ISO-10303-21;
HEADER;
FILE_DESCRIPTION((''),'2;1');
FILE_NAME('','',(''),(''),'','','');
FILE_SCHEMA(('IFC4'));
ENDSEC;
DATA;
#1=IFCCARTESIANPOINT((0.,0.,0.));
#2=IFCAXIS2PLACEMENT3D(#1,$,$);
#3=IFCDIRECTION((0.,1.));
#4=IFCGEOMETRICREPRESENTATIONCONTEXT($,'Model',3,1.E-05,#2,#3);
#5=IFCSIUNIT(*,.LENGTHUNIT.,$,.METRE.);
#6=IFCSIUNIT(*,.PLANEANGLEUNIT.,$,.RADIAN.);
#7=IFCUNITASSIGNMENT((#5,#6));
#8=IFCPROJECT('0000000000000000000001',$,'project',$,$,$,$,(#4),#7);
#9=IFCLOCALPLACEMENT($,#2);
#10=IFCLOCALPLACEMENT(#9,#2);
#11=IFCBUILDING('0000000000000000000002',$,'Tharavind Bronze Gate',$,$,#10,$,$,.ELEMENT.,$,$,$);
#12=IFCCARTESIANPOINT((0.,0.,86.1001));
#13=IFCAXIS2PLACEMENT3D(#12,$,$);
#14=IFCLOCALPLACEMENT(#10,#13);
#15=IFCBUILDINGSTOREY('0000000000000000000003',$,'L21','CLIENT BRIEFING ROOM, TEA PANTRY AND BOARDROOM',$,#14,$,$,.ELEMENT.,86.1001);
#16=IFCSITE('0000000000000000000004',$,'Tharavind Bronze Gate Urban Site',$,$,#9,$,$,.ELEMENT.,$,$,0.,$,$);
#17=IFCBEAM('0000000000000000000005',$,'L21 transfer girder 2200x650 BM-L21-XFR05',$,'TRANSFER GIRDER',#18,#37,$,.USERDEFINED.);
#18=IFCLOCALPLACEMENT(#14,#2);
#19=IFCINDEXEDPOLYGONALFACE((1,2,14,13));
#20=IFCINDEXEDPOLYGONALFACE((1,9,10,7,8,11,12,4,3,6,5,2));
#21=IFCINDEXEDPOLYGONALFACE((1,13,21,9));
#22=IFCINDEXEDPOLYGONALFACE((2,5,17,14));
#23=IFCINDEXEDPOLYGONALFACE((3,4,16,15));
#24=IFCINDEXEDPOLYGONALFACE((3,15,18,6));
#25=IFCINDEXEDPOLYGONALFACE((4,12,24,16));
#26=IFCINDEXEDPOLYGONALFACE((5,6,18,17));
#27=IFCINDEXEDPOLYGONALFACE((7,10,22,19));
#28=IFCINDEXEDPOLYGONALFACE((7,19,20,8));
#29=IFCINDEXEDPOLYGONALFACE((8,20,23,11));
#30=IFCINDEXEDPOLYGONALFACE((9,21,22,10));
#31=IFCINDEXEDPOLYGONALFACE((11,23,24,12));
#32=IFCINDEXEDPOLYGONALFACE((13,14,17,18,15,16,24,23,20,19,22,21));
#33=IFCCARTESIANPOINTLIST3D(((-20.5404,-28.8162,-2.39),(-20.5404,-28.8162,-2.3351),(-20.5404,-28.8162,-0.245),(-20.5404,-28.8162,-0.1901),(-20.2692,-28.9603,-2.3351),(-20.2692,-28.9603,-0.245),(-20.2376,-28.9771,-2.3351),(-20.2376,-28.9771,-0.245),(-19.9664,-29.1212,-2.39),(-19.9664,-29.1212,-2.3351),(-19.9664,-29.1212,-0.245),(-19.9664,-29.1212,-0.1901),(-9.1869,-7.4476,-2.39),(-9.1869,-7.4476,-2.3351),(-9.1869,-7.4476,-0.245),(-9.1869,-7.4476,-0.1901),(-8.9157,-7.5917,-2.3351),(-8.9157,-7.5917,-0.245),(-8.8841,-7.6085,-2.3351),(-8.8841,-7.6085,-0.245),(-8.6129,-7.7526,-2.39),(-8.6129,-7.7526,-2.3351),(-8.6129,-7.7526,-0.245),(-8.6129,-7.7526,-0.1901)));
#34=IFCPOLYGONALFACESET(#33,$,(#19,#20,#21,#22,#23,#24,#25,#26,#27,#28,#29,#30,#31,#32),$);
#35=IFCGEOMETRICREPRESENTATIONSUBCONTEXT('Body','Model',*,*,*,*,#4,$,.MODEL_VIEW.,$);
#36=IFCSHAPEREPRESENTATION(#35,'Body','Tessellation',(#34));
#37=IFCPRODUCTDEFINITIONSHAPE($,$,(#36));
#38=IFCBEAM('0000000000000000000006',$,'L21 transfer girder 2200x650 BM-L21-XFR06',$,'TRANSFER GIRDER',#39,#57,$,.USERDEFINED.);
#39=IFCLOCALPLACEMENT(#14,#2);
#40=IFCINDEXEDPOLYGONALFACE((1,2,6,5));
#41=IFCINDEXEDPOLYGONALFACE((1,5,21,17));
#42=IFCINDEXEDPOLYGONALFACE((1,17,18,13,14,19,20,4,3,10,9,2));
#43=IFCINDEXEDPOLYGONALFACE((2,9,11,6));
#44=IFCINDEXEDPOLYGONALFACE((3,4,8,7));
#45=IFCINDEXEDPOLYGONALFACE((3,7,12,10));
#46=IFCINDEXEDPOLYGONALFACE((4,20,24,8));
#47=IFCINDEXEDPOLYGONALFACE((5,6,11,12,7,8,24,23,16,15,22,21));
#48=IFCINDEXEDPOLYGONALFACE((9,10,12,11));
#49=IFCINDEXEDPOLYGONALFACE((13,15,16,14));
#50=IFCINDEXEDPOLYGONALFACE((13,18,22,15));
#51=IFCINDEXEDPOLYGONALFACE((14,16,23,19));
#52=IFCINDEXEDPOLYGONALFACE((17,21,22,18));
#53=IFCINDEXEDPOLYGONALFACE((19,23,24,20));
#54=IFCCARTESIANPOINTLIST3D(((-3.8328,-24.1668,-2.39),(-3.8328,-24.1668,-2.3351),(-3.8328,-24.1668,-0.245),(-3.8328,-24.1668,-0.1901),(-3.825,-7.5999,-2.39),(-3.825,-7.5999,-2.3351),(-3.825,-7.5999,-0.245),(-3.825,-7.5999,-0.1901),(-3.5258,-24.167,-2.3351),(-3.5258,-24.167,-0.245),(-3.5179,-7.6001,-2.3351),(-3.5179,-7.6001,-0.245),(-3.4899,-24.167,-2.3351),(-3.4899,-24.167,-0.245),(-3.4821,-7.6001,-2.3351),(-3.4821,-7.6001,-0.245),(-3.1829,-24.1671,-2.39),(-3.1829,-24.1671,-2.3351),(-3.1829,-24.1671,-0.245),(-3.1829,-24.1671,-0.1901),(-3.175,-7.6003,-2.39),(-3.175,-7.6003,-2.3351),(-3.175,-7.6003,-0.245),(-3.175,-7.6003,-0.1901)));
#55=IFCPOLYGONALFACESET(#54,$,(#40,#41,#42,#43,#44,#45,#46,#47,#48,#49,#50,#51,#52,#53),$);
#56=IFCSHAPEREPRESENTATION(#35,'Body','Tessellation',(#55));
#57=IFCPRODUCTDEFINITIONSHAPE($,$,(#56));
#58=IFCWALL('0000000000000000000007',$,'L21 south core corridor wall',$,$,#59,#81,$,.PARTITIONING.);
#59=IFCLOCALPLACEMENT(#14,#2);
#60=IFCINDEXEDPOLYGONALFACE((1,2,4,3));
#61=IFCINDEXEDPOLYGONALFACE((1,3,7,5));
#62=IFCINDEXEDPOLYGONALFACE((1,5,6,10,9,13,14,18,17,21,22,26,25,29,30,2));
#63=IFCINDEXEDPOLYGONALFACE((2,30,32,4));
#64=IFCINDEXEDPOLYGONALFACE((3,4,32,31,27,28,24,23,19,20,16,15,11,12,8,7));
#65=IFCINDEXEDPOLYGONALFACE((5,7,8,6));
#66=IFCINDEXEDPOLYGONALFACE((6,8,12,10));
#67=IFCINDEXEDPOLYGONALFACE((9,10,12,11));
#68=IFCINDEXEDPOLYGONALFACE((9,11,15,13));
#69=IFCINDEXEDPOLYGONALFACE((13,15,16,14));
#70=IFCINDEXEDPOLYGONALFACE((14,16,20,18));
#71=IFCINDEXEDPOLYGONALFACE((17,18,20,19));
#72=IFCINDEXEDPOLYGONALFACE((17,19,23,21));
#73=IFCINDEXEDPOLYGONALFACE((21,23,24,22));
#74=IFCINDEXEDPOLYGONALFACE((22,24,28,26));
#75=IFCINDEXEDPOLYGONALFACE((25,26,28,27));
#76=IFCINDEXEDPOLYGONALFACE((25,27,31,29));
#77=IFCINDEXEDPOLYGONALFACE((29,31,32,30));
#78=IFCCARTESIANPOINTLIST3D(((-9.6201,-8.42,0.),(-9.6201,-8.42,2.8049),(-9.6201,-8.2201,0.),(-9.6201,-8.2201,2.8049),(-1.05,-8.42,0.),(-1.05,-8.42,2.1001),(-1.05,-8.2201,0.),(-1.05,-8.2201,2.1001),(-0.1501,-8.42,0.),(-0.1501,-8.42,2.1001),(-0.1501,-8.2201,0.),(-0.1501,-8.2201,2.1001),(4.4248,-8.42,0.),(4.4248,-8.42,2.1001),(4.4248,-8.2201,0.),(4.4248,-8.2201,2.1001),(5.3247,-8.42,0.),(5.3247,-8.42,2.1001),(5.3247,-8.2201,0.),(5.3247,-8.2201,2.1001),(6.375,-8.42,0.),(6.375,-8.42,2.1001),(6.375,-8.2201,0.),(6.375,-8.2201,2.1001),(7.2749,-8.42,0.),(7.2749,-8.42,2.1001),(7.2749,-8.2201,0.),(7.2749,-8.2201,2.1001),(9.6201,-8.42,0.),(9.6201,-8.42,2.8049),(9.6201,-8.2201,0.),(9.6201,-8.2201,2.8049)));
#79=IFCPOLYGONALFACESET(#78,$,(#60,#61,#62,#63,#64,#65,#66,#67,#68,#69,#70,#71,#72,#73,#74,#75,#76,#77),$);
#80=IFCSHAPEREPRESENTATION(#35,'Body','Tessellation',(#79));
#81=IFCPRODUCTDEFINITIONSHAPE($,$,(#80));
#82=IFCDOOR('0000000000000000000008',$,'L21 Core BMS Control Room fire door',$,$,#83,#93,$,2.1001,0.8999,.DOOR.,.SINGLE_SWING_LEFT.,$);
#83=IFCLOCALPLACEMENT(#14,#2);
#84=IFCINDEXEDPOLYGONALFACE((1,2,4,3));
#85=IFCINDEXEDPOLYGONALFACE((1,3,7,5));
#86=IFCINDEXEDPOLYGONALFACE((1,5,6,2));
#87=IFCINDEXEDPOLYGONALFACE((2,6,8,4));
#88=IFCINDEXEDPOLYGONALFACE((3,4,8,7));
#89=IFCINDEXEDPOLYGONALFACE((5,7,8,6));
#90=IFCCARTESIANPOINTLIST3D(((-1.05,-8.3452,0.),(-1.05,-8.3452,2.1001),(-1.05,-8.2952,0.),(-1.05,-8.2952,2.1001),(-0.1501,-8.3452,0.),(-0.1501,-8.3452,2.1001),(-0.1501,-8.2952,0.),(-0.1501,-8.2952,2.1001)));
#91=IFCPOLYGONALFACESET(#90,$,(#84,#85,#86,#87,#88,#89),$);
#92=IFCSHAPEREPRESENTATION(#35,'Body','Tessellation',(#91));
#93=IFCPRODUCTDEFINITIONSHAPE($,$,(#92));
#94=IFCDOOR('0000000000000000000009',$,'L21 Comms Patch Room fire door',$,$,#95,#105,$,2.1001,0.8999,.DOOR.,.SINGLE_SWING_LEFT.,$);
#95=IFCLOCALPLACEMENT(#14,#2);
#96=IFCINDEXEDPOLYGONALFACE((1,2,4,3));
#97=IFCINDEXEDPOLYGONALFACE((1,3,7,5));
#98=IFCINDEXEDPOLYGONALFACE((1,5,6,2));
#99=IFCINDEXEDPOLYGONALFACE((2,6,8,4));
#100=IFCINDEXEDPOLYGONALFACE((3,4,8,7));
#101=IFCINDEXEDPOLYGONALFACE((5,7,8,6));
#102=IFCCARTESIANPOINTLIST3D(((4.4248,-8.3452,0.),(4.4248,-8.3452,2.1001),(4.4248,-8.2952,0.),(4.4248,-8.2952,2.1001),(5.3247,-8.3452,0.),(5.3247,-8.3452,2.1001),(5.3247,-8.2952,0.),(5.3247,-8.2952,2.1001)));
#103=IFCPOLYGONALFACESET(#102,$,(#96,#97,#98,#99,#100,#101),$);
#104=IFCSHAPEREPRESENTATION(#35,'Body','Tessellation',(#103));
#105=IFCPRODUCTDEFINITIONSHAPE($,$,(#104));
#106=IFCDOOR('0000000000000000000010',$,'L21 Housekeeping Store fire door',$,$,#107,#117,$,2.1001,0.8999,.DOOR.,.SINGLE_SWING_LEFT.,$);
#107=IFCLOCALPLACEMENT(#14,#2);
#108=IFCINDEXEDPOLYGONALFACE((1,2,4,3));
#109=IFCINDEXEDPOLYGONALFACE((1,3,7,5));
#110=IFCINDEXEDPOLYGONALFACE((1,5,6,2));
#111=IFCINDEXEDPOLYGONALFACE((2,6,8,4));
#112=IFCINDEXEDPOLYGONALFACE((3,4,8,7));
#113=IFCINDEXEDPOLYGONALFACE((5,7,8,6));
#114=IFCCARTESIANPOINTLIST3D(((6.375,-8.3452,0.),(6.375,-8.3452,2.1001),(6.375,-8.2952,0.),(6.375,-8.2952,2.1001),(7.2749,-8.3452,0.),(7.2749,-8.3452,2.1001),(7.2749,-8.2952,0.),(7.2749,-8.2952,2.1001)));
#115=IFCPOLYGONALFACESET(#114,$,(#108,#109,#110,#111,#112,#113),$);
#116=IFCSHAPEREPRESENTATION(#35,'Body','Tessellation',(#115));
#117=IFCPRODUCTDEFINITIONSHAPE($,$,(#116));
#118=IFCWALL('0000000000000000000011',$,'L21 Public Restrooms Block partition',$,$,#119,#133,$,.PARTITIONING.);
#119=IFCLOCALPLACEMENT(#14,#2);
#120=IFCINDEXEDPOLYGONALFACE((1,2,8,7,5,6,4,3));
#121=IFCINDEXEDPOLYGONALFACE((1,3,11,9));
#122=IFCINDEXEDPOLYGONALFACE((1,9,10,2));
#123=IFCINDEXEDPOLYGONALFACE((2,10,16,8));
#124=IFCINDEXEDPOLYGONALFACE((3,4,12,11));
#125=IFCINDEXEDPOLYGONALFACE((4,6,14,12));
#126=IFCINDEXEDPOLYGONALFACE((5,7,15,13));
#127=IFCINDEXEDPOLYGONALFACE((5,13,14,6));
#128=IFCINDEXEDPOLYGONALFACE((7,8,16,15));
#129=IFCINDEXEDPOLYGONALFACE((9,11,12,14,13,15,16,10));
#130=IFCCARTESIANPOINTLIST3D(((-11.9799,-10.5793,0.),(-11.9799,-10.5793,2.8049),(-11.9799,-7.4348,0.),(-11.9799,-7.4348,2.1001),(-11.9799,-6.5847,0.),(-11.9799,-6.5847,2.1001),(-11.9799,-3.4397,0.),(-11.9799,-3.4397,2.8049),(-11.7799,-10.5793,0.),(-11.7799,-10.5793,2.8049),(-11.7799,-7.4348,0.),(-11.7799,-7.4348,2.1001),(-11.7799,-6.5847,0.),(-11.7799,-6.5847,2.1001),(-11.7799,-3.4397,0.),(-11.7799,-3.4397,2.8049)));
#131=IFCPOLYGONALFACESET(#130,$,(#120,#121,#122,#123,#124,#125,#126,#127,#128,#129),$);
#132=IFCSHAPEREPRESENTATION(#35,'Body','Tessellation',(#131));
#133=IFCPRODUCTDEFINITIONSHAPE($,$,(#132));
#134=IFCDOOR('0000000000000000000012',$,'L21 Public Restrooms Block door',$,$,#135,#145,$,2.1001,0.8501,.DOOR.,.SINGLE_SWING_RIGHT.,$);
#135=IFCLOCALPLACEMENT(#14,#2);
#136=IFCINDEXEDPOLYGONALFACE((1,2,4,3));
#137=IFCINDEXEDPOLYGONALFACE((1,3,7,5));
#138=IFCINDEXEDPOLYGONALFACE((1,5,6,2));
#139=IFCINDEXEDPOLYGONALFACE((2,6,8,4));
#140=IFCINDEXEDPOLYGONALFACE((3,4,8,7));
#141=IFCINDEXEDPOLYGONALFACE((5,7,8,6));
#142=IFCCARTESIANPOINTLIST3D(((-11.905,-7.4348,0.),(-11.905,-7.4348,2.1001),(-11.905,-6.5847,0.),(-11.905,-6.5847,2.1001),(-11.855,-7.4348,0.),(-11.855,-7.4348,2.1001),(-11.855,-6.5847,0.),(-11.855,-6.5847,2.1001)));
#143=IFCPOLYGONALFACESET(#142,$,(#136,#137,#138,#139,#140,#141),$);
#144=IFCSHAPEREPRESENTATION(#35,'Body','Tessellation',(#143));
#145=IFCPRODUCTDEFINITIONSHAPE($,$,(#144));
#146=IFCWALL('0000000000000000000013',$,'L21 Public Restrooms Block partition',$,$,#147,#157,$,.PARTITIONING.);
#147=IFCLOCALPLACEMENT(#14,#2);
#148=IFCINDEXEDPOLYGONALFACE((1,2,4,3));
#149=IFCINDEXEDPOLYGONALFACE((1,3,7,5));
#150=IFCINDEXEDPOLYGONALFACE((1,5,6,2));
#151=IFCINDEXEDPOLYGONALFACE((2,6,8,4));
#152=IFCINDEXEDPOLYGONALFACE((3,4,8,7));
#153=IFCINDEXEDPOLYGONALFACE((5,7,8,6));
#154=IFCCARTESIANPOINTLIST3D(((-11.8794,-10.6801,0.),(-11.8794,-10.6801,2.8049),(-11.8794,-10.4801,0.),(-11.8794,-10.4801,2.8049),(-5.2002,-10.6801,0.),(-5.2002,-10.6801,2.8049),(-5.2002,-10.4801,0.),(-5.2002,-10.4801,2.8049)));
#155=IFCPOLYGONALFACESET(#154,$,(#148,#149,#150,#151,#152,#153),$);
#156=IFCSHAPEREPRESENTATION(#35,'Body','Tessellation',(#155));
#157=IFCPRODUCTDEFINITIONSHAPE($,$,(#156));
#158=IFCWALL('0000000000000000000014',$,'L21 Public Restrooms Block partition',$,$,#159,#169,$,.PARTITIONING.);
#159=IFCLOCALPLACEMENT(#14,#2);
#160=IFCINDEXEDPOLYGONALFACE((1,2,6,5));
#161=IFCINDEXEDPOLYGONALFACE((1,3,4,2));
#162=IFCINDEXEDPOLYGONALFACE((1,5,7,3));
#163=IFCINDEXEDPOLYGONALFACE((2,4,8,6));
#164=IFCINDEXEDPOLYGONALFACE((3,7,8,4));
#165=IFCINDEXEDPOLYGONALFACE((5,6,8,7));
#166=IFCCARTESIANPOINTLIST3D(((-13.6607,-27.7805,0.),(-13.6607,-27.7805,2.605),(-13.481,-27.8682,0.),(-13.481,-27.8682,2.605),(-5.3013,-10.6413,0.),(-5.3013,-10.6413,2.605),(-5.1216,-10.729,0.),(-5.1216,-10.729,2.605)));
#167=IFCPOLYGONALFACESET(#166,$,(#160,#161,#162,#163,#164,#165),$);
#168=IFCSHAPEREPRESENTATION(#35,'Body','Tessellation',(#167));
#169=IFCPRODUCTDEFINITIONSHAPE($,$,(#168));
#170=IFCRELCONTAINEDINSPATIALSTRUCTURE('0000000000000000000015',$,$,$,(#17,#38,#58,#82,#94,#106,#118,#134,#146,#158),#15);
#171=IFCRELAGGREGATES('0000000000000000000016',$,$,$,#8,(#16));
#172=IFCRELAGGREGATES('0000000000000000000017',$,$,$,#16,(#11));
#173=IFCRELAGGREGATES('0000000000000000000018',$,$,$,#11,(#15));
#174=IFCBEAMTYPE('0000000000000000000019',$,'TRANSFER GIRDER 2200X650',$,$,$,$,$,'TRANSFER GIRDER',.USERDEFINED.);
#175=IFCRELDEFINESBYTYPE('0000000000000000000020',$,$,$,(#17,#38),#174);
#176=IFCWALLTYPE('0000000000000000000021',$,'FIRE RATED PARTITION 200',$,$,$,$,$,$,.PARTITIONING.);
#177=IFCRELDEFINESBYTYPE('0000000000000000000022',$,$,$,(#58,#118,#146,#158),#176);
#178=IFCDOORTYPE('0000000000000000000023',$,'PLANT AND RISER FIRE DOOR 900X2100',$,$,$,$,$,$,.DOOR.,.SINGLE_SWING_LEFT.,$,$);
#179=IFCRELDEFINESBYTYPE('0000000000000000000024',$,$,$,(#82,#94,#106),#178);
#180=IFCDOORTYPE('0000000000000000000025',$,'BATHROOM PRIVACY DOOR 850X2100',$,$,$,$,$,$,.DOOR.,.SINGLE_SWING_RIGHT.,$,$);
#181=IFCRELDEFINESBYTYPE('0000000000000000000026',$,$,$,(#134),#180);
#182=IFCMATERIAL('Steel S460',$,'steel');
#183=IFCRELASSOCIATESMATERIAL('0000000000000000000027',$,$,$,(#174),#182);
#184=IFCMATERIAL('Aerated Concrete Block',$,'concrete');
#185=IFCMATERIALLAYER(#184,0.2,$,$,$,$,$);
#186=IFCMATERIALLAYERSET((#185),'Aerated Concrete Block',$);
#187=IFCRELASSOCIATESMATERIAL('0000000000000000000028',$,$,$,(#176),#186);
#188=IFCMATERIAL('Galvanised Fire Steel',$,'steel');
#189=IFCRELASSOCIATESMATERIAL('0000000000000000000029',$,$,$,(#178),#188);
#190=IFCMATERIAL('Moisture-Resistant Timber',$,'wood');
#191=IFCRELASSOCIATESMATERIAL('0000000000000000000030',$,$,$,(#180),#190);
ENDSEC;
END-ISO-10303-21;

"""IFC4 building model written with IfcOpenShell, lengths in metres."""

from ifc_helpers import new_model, si_unit, direction, frame, frame_2d, origin, origin_2d, place, context, subcontext, project, spatial, rectangle, i_section, extrude, material, layer, layer_set, material_profile, profile_set, type_object, element, fill, save


model = new_model("IFC4")

# Units and contexts
model_context = context("Model", 3, precision=1e-05, world=origin(), true_north=direction((0.0, 1.0)))
body_context = subcontext(model_context, "Body", "Model", "MODEL_VIEW")
ifc_project = project(units=[si_unit("LENGTHUNIT", "METRE"), si_unit("PLANEANGLEUNIT", "RADIAN")], contexts=[model_context])

# Site, building, storey
site_placement = place(None, origin())
site = spatial("IfcSite", under=ifc_project, at=site_placement, Name="Tharavind Bronze Gate Urban Site", CompositionType="ELEMENT", RefElevation=0.0)
building_placement = place(site_placement, origin())
building = spatial("IfcBuilding", under=site, at=building_placement, Name="Tharavind Bronze Gate", CompositionType="ELEMENT")
storey_placement = place(building_placement, frame((0.0, 0.0, 86.1001)))
storey = spatial("IfcBuildingStorey", under=building, at=storey_placement, Name="L21", Description="CLIENT BRIEFING ROOM, TEA PANTRY AND BOARDROOM", CompositionType="ELEMENT", Elevation=86.1001)

# Beams
ifc_material_1 = material(Name="Steel S460", Category="steel")
ifc_material_profile_1 = material_profile(ifc_material_1, i_section(OverallWidth=0.6499, OverallDepth=2.2, WebThickness=0.0359, FlangeThickness=0.0549, at=origin_2d()), Name="PG2200X650")
ifc_profile_set_1 = profile_set([ifc_material_profile_1], Name="Steel S460")
beam_type_1 = type_object("IfcBeamType", Name="TRANSFER GIRDER 2200X650", ElementType="TRANSFER GIRDER", PredefinedType="USERDEFINED", material=ifc_profile_set_1)
beam_1_placement = place(storey_placement, frame((-8.8999, -7.6001, -1.29), z_axis=(-0.469201, -0.883091, 0.0), x_axis=(0.883091, -0.469201, 0.0)))
element("IfcBeam", 1, at=beam_1_placement, inside=storey, type_object=beam_type_1, Name="L21 transfer girder 2200x650 BM-L21-XFR05", ObjectType="TRANSFER GIRDER", PredefinedType="USERDEFINED", context=body_context, shape_type="SweptSolid", body=[
    extrude(i_section(OverallWidth=0.6499, OverallDepth=2.2, WebThickness=0.0359, FlangeThickness=0.0549, at=origin_2d()), origin(), (0.0, 0.0, 1.0), 24.1975),
])
beam_2_placement = place(storey_placement, frame((-3.5, -7.6001, -1.29), z_axis=(-0.000472, -1.0, 0.0), x_axis=(1.0, -0.000472, 0.0)))
element("IfcBeam", 2, at=beam_2_placement, inside=storey, type_object=beam_type_1, Name="L21 transfer girder 2200x650 BM-L21-XFR06", ObjectType="TRANSFER GIRDER", PredefinedType="USERDEFINED", context=body_context, shape_type="SweptSolid", body=[
    extrude(i_section(OverallWidth=0.6499, OverallDepth=2.2, WebThickness=0.0359, FlangeThickness=0.0549, at=origin_2d()), origin(), (0.0, 0.0, 1.0), 16.5669),
])

# Wall, openings, doors
ifc_material_2 = material(Name="Aerated Concrete Block", Category="concrete")
ifc_layer_1 = layer(ifc_material_2, 0.2)
ifc_layer_set_1 = layer_set([ifc_layer_1], Name="Aerated Concrete Block")
wall_type_1 = type_object("IfcWallType", Name="FIRE RATED PARTITION 200", PredefinedType="PARTITIONING", material=ifc_layer_set_1)
wall_1_placement = place(storey_placement, frame((-9.6201, -8.3201, 0.0), z_axis=(0.0, 0.0, 1.0), x_axis=(1.0, 0.0, 0.0)))
wall_1 = element("IfcWall", 3, at=wall_1_placement, inside=storey, type_object=wall_type_1, Name="L21 south core corridor wall", PredefinedType="PARTITIONING", context=body_context, shape_type="SweptSolid", body=[
    extrude(rectangle(XDim=19.2402, YDim=0.2, at=frame_2d((9.6201, 0.0))), origin(), (0.0, 0.0, 1.0), 2.8049),
])
opening_1_placement = place(wall_1_placement, frame((8.5701, 0.0, 0.0)))
opening_1 = element("IfcOpeningElement", 4, at=opening_1_placement, cuts=wall_1, PredefinedType="OPENING", context=body_context, shape_type="SweptSolid", body=[
    extrude(rectangle(XDim=0.8999, YDim=2.1001, at=frame_2d((0.45, 1.05))), frame((0.0, 0.1101, 0.0), z_axis=(0.0, -1.0, 0.0), x_axis=(1.0, 0.0, 0.0)), (0.0, 0.0, 1.0), 0.22),
])
opening_2_placement = place(wall_1_placement, frame((14.0449, 0.0, 0.0)))
opening_2 = element("IfcOpeningElement", 5, at=opening_2_placement, cuts=wall_1, PredefinedType="OPENING", context=body_context, shape_type="SweptSolid", body=[
    extrude(rectangle(XDim=0.8999, YDim=2.1001, at=frame_2d((0.45, 1.05))), frame((0.0, 0.1101, 0.0), z_axis=(0.0, -1.0, 0.0), x_axis=(1.0, 0.0, 0.0)), (0.0, 0.0, 1.0), 0.22),
])
opening_3_placement = place(wall_1_placement, frame((15.9951, 0.0, 0.0)))
opening_3 = element("IfcOpeningElement", 6, at=opening_3_placement, cuts=wall_1, PredefinedType="OPENING", context=body_context, shape_type="SweptSolid", body=[
    extrude(rectangle(XDim=0.8999, YDim=2.1001, at=frame_2d((0.45, 1.05))), frame((0.0, 0.1101, 0.0), z_axis=(0.0, -1.0, 0.0), x_axis=(1.0, 0.0, 0.0)), (0.0, 0.0, 1.0), 0.22),
])
ifc_material_3 = material(Name="Galvanised Fire Steel", Category="steel")
door_type_1 = type_object("IfcDoorType", Name="PLANT AND RISER FIRE DOOR 900X2100", OperationType="SINGLE_SWING_LEFT", PredefinedType="DOOR", material=ifc_material_3)
door_1_placement = place(opening_1_placement, origin())
door_1 = element("IfcDoor", 7, at=door_1_placement, inside=storey, type_object=door_type_1, Name="L21 Core BMS Control Room fire door", OperationType="SINGLE_SWING_LEFT", OverallHeight=2.1001, OverallWidth=0.8999, PredefinedType="DOOR", context=body_context, shape_type="SweptSolid", body=[
    extrude(rectangle(XDim=0.8999, YDim=2.1001, at=frame_2d((0.45, 1.05))), frame((0.0, 0.0249, 0.0), z_axis=(0.0, -1.0, 0.0), x_axis=(1.0, 0.0, 0.0)), (0.0, 0.0, 1.0), 0.05),
])
fill(opening_1, door_1)
door_2_placement = place(opening_2_placement, origin())
door_2 = element("IfcDoor", 8, at=door_2_placement, inside=storey, type_object=door_type_1, Name="L21 Comms Patch Room fire door", OperationType="SINGLE_SWING_LEFT", OverallHeight=2.1001, OverallWidth=0.8999, PredefinedType="DOOR", context=body_context, shape_type="SweptSolid", body=[
    extrude(rectangle(XDim=0.8999, YDim=2.1001, at=frame_2d((0.45, 1.05))), frame((0.0, 0.0249, 0.0), z_axis=(0.0, -1.0, 0.0), x_axis=(1.0, 0.0, 0.0)), (0.0, 0.0, 1.0), 0.05),
])
fill(opening_2, door_2)
door_3_placement = place(opening_3_placement, origin())
door_3 = element("IfcDoor", 9, at=door_3_placement, inside=storey, type_object=door_type_1, Name="L21 Housekeeping Store fire door", OperationType="SINGLE_SWING_LEFT", OverallHeight=2.1001, OverallWidth=0.8999, PredefinedType="DOOR", context=body_context, shape_type="SweptSolid", body=[
    extrude(rectangle(XDim=0.8999, YDim=2.1001, at=frame_2d((0.45, 1.05))), frame((0.0, 0.0249, 0.0), z_axis=(0.0, -1.0, 0.0), x_axis=(1.0, 0.0, 0.0)), (0.0, 0.0, 1.0), 0.05),
])
fill(opening_3, door_3)

# Wall, opening, door
wall_2_placement = place(storey_placement, frame((-11.8799, -3.4397, 0.0), z_axis=(0.0, 0.0, 1.0), x_axis=(0.0, -1.0, 0.0)))
wall_2 = element("IfcWall", 10, at=wall_2_placement, inside=storey, type_object=wall_type_1, Name="L21 Public Restrooms Block partition", PredefinedType="PARTITIONING", context=body_context, shape_type="SweptSolid", body=[
    extrude(rectangle(XDim=7.1396, YDim=0.2, at=frame_2d((3.5698, 0.0))), origin(), (0.0, 0.0, 1.0), 2.8049),
])
opening_4_placement = place(wall_2_placement, frame((3.145, 0.0, 0.0)))
opening_4 = element("IfcOpeningElement", 11, at=opening_4_placement, cuts=wall_2, PredefinedType="OPENING", context=body_context, shape_type="SweptSolid", body=[
    extrude(rectangle(XDim=0.8501, YDim=2.1001, at=frame_2d((0.425, 1.05))), frame((0.0, 0.1101, 0.0), z_axis=(0.0, -1.0, 0.0), x_axis=(1.0, 0.0, 0.0)), (0.0, 0.0, 1.0), 0.22),
])
ifc_material_4 = material(Name="Moisture-Resistant Timber", Category="wood")
door_type_2 = type_object("IfcDoorType", Name="BATHROOM PRIVACY DOOR 850X2100", OperationType="SINGLE_SWING_RIGHT", PredefinedType="DOOR", material=ifc_material_4)
door_4_placement = place(opening_4_placement, origin())
door_4 = element("IfcDoor", 12, at=door_4_placement, inside=storey, type_object=door_type_2, Name="L21 Public Restrooms Block door", OperationType="SINGLE_SWING_RIGHT", OverallHeight=2.1001, OverallWidth=0.8501, PredefinedType="DOOR", context=body_context, shape_type="SweptSolid", body=[
    extrude(rectangle(XDim=0.8501, YDim=2.1001, at=frame_2d((0.425, 1.05))), frame((0.0, 0.0249, 0.0), z_axis=(0.0, -1.0, 0.0), x_axis=(1.0, 0.0, 0.0)), (0.0, 0.0, 1.0), 0.05),
])
fill(opening_4, door_4)

# Walls
wall_3_placement = place(storey_placement, frame((-11.8794, -10.5801, 0.0), z_axis=(0.0, 0.0, 1.0), x_axis=(1.0, 0.0, 0.0)))
element("IfcWall", 13, at=wall_3_placement, inside=storey, type_object=wall_type_1, Name="L21 Public Restrooms Block partition", PredefinedType="PARTITIONING", context=body_context, shape_type="SweptSolid", body=[
    extrude(rectangle(XDim=6.6792, YDim=0.2, at=frame_2d((3.3396, 0.0))), origin(), (0.0, 0.0, 1.0), 2.8049),
])
wall_4_placement = place(storey_placement, frame((-5.2114, -10.6851, 0.0), z_axis=(0.0, 0.0, 1.0), x_axis=(-0.438373, -0.898793, 0.0)))
element("IfcWall", 14, at=wall_4_placement, inside=storey, type_object=wall_type_1, Name="L21 Public Restrooms Block partition", PredefinedType="PARTITIONING", context=body_context, shape_type="SweptSolid", body=[
    extrude(rectangle(XDim=19.0691, YDim=0.2, at=frame_2d((9.5347, 0.0))), origin(), (0.0, 0.0, 1.0), 2.605),
])

save(model, "model.ifc")
